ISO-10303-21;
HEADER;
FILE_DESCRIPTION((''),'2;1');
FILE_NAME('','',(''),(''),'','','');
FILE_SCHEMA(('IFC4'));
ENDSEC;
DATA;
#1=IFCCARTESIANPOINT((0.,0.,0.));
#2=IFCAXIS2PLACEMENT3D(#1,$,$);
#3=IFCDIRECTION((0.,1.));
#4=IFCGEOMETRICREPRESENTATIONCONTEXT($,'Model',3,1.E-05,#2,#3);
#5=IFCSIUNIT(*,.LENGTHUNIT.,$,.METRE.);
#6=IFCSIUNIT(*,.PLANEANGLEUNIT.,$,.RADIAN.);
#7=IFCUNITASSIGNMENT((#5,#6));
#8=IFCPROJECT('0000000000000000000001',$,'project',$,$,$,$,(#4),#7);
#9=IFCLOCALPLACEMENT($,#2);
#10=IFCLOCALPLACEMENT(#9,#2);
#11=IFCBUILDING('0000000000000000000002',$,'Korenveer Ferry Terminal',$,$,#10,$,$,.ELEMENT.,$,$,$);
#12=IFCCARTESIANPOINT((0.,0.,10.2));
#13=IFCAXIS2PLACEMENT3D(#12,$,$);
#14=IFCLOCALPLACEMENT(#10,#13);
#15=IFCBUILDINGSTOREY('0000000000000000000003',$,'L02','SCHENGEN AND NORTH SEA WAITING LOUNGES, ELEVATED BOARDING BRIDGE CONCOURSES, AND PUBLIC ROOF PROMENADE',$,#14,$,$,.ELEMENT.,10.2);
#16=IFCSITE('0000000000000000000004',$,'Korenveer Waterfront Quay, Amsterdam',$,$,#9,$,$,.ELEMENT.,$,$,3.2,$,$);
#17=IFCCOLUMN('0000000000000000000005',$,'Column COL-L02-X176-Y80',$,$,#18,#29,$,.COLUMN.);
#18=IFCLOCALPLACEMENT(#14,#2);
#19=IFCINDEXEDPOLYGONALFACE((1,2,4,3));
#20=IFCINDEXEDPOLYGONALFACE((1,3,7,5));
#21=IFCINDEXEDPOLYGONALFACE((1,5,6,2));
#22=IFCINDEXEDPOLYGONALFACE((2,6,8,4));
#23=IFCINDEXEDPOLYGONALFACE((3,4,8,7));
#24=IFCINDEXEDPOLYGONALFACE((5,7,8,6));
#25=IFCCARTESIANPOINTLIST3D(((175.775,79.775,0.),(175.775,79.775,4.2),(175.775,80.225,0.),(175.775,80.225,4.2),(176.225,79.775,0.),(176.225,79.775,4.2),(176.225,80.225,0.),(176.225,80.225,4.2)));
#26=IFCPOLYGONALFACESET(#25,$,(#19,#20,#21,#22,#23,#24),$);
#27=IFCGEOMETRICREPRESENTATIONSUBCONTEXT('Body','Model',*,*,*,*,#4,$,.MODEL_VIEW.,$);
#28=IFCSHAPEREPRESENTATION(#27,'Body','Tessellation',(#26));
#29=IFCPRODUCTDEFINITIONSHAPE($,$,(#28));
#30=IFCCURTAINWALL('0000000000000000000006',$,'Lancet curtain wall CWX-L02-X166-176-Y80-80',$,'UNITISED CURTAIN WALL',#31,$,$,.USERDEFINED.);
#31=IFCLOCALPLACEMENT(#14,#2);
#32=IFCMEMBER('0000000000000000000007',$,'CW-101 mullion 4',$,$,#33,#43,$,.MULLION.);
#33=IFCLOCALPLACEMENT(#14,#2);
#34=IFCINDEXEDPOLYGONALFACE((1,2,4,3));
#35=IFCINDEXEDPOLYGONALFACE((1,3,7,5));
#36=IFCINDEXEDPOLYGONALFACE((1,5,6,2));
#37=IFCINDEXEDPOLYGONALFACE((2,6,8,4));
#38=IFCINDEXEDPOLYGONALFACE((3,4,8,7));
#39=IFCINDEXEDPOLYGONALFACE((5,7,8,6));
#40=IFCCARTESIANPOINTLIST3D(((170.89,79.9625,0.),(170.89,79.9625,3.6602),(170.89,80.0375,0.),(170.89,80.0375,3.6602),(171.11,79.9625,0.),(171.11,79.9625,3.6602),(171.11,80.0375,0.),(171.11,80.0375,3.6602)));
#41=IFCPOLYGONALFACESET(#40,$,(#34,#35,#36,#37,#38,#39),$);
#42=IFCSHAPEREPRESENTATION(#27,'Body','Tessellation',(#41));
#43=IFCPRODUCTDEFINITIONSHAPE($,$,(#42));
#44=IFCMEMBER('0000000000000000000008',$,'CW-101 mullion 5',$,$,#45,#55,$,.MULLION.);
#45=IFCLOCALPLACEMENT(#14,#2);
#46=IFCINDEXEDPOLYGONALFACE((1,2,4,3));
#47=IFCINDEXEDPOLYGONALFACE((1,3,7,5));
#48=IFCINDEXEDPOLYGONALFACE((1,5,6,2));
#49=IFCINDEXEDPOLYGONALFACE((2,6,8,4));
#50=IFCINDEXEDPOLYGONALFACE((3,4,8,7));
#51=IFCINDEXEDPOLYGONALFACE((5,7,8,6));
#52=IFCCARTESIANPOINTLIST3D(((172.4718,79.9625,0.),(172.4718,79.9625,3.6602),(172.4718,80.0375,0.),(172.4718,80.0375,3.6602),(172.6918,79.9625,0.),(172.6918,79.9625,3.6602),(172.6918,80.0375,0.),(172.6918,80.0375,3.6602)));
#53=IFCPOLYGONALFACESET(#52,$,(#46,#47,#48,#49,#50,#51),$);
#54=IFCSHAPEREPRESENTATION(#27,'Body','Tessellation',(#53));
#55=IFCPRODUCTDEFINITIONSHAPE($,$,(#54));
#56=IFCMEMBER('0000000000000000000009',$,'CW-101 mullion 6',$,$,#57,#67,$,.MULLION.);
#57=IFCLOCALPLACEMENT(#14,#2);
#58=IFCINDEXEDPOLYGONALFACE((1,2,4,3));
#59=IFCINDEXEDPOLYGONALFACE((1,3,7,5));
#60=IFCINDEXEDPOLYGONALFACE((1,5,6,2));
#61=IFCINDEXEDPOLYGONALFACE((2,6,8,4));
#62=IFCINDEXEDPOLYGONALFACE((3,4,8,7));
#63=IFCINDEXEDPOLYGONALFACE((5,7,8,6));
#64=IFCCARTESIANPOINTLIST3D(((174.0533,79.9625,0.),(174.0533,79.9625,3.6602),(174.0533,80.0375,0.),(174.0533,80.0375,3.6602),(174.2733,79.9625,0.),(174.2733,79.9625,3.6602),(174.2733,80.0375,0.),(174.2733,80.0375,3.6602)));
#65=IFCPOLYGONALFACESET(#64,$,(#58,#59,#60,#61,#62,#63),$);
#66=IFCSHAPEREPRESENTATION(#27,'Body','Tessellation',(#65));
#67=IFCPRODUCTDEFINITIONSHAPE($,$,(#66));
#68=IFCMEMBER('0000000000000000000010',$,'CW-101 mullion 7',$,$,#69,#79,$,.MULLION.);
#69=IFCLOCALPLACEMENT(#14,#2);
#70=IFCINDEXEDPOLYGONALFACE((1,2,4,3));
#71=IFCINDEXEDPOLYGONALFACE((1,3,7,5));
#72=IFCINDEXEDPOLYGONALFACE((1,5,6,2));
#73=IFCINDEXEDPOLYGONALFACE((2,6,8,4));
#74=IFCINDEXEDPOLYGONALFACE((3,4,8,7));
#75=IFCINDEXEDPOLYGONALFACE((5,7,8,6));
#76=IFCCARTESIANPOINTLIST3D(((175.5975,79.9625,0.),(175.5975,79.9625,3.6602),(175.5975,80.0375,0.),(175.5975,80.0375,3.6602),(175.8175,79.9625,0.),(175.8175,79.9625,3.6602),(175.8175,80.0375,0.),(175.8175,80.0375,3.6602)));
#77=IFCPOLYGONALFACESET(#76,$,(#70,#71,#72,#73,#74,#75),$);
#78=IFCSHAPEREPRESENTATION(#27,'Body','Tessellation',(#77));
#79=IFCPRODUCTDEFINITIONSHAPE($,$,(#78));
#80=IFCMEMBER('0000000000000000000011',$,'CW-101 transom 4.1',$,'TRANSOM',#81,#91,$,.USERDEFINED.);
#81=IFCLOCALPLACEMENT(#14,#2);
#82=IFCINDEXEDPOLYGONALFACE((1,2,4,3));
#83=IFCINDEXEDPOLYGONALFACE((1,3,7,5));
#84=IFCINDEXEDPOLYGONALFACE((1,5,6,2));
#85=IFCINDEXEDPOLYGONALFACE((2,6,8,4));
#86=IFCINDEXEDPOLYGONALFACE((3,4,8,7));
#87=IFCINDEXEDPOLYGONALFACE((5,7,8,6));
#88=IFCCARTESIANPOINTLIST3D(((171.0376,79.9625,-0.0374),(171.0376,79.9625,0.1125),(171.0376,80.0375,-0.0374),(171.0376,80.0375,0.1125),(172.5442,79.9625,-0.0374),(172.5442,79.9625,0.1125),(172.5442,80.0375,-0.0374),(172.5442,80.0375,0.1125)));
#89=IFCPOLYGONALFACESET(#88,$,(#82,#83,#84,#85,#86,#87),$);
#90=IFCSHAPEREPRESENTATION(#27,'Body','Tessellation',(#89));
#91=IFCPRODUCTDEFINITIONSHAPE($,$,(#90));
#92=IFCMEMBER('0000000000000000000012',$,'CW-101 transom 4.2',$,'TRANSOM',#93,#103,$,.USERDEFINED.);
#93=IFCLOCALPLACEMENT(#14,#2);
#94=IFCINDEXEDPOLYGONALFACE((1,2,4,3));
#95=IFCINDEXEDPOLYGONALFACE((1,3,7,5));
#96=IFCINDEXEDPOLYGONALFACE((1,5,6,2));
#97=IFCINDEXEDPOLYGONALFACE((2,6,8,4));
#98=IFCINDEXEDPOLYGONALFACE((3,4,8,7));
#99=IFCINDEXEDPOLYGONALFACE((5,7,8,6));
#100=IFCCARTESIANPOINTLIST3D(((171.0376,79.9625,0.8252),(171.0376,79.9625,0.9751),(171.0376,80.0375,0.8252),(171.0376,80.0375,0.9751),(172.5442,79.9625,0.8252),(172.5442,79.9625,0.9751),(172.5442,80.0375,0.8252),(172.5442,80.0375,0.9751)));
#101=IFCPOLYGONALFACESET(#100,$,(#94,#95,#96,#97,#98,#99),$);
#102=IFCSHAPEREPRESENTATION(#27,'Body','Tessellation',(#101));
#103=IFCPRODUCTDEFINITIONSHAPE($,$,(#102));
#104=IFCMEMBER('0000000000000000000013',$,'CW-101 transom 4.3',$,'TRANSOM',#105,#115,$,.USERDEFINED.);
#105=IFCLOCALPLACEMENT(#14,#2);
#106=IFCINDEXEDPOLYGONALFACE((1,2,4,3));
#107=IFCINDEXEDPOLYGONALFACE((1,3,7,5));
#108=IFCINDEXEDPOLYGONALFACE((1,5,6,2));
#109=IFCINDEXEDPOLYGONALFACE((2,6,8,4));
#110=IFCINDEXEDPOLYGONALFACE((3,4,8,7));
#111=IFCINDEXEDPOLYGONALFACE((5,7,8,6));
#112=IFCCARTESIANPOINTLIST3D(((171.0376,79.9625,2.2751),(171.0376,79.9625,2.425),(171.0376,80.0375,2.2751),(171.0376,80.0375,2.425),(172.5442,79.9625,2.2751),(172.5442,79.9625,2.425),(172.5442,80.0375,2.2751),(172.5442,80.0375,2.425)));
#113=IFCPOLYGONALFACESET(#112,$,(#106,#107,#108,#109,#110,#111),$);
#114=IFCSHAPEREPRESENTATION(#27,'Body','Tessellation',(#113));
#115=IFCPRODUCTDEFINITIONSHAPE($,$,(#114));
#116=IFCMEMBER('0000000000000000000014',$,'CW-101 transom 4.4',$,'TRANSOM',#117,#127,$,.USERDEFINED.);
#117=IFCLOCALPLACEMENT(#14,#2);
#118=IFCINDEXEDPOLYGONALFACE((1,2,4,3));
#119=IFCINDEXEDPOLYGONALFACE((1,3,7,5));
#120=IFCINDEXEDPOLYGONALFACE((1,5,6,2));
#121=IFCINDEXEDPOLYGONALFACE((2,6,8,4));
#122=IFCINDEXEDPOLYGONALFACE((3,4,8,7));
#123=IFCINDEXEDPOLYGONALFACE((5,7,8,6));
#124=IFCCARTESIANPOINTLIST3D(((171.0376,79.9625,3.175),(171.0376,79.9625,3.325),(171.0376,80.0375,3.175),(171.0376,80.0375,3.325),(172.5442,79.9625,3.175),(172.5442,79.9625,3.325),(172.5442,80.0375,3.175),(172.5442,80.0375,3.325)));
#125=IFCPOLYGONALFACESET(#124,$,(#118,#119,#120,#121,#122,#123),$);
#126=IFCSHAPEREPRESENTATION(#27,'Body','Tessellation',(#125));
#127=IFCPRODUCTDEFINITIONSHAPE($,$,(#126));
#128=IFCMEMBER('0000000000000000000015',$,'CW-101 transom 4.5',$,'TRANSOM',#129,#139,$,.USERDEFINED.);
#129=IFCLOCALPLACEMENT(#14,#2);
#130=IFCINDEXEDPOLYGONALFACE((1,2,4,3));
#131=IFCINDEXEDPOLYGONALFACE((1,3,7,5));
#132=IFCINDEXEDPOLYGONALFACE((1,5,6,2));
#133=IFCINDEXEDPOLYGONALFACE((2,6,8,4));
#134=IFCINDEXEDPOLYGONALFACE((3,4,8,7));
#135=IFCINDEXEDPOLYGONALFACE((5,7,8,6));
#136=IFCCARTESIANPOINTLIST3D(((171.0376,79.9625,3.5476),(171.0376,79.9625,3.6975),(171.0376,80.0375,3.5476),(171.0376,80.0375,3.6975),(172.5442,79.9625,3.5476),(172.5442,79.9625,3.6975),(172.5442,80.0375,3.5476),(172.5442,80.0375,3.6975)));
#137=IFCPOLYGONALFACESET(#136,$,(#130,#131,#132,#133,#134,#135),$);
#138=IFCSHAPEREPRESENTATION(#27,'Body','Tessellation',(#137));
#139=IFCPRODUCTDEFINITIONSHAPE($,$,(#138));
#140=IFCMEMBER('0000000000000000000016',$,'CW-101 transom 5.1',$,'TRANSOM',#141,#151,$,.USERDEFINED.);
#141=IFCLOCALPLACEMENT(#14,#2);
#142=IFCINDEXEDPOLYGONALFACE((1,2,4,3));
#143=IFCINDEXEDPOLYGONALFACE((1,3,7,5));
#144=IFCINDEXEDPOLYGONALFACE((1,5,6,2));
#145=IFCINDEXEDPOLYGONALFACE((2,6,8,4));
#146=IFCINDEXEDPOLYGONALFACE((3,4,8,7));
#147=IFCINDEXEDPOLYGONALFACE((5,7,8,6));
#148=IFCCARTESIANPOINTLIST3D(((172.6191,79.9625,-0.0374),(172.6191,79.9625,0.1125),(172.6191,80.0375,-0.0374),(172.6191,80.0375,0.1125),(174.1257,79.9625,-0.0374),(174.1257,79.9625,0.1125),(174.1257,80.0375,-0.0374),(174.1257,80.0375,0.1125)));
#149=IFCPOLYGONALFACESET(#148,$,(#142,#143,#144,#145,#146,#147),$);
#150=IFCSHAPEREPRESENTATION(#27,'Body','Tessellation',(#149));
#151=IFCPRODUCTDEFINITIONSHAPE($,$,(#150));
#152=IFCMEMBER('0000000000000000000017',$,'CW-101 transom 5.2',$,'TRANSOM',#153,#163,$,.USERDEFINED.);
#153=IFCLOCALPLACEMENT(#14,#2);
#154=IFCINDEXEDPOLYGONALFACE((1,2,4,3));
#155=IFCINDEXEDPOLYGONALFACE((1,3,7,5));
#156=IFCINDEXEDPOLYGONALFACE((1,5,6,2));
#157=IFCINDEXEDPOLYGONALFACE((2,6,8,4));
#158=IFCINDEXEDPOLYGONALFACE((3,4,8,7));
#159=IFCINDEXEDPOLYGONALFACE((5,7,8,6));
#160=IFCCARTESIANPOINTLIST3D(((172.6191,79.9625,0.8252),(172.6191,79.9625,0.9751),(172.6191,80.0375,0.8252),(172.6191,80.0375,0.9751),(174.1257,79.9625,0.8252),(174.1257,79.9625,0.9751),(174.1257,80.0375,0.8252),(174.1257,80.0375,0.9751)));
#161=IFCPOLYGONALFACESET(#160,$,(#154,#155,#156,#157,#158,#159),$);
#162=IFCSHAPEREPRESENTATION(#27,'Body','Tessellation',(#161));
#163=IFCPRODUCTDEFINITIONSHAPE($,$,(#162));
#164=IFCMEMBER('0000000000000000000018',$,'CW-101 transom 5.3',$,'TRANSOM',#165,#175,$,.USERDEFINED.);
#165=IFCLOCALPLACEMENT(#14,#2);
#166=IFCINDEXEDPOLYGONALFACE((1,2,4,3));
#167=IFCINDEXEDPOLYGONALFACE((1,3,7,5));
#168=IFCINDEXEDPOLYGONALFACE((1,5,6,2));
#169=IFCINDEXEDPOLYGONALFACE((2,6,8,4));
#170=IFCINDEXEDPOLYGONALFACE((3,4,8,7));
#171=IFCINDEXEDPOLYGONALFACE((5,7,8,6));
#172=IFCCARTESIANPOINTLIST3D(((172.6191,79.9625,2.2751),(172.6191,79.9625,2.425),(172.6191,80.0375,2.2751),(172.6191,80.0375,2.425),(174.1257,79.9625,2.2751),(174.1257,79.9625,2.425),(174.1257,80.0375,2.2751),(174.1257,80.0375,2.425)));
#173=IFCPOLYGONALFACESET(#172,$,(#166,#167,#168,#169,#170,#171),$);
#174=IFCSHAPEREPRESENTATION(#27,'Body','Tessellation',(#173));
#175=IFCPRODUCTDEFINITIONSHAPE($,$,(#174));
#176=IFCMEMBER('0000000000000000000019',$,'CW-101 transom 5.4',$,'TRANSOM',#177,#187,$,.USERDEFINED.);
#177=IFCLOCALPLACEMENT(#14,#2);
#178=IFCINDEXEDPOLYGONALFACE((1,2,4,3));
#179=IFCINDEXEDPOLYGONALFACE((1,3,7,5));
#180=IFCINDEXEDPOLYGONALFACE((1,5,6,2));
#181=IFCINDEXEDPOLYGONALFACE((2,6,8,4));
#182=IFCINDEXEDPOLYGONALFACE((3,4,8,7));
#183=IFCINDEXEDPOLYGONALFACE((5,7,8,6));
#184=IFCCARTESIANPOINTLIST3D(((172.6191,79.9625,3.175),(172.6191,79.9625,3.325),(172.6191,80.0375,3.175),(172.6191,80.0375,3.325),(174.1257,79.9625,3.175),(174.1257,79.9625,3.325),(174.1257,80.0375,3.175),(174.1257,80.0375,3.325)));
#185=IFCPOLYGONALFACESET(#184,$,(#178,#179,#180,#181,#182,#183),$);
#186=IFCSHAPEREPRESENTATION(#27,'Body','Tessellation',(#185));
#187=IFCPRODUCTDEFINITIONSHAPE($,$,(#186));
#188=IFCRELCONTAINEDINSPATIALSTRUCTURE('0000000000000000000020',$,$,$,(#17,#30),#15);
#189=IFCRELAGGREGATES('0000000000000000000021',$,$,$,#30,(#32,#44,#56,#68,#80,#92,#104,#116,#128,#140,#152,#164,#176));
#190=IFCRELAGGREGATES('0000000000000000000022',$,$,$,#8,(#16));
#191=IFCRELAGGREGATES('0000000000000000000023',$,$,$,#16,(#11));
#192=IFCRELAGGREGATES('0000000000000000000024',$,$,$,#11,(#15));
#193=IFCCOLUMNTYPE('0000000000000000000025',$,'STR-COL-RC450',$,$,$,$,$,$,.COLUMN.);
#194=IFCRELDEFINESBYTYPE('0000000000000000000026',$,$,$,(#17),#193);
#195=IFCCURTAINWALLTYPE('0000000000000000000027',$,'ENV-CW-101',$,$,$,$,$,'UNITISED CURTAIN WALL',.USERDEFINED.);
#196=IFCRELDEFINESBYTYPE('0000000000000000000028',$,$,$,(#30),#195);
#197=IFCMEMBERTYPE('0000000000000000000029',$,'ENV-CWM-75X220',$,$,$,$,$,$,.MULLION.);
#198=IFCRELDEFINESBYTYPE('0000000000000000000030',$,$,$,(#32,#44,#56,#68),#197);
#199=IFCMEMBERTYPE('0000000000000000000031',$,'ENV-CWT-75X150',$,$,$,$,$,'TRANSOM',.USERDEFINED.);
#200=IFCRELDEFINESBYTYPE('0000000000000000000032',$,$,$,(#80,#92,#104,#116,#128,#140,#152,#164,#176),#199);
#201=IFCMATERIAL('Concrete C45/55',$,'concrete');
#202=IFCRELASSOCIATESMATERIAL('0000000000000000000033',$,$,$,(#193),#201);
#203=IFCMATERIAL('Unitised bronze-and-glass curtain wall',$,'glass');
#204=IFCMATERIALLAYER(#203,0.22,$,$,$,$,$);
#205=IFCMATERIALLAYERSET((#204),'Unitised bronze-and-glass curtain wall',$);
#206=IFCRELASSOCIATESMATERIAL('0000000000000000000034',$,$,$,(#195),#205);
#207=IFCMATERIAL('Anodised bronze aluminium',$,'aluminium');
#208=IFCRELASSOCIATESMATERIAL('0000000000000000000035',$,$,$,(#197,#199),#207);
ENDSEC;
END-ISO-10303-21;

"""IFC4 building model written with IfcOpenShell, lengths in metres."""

from ifc_helpers import new_model, si_unit, direction, frame, origin, origin_2d, place, context, subcontext, project, spatial, rectangle, extrude, material, layer, layer_set, material_profile, profile_set, type_object, element, aggregate, save


model = new_model("IFC4")

# Units and contexts
model_context = context("Model", 3, precision=1e-05, world=origin(), true_north=direction((0.0, 1.0)))
body_context = subcontext(model_context, "Body", "Model", "MODEL_VIEW")
ifc_project = project(units=[si_unit("LENGTHUNIT", "METRE"), si_unit("PLANEANGLEUNIT", "RADIAN")], contexts=[model_context])

# Site, building, storey
site_placement = place(None, origin())
site = spatial("IfcSite", under=ifc_project, at=site_placement, Name="Korenveer Waterfront Quay, Amsterdam", CompositionType="ELEMENT", RefElevation=3.2)
building_placement = place(site_placement, origin())
building = spatial("IfcBuilding", under=site, at=building_placement, Name="Korenveer Ferry Terminal", CompositionType="ELEMENT")
storey_placement = place(building_placement, frame((0.0, 0.0, 10.2)))
storey = spatial("IfcBuildingStorey", under=building, at=storey_placement, Name="L02", Description="SCHENGEN AND NORTH SEA WAITING LOUNGES, ELEVATED BOARDING BRIDGE CONCOURSES, AND PUBLIC ROOF PROMENADE", CompositionType="ELEMENT", Elevation=10.2)

# Column
ifc_material_1 = material(Name="Concrete C45/55", Category="concrete")
ifc_material_profile_1 = material_profile(ifc_material_1, rectangle(XDim=0.45, YDim=0.45, at=origin_2d()), Name="RC 450x450")
ifc_profile_set_1 = profile_set([ifc_material_profile_1], Name="Concrete C45/55")
column_type = type_object("IfcColumnType", Name="STR-COL-RC450", PredefinedType="COLUMN", material=ifc_profile_set_1)
column_placement = place(storey_placement, frame((176.0, 80.0, 0.0), z_axis=(0.0, 0.0, 1.0), x_axis=(1.0, 0.0, 0.0)))
element("IfcColumn", 1, at=column_placement, inside=storey, type_object=column_type, Name="Column COL-L02-X176-Y80", PredefinedType="COLUMN", context=body_context, shape_type="SweptSolid", body=[
    extrude(rectangle(XDim=0.45, YDim=0.45, at=origin_2d()), origin(), (0.0, 0.0, 1.0), 4.2),
])

# Curtain wall, members
ifc_material_2 = material(Name="Unitised bronze-and-glass curtain wall", Category="glass")
ifc_layer_1 = layer(ifc_material_2, 0.22)
ifc_layer_set_1 = layer_set([ifc_layer_1], Name="Unitised bronze-and-glass curtain wall")
curtain_wall_type = type_object("IfcCurtainWallType", Name="ENV-CW-101", ElementType="UNITISED CURTAIN WALL", PredefinedType="USERDEFINED", material=ifc_layer_set_1)
curtain_wall_placement = place(storey_placement, frame((166.2549, 80.0, 0.0)))
curtain_wall = element("IfcCurtainWall", 2, at=curtain_wall_placement, inside=storey, type_object=curtain_wall_type, Name="Lancet curtain wall CWX-L02-X166-176-Y80-80", ObjectType="UNITISED CURTAIN WALL", PredefinedType="USERDEFINED")
ifc_material_3 = material(Name="Anodised bronze aluminium", Category="aluminium")
ifc_material_profile_2 = material_profile(ifc_material_3, rectangle(XDim=0.075, YDim=0.22, at=origin_2d()), Name="ALU 75x220")
ifc_profile_set_2 = profile_set([ifc_material_profile_2], Name="Anodised bronze aluminium")
member_type_1 = type_object("IfcMemberType", Name="ENV-CWM-75X220", PredefinedType="MULLION", material=ifc_profile_set_2)
member_1_placement = place(storey_placement, frame((171.0, 80.0, 0.0), z_axis=(0.0, 0.0, 1.0), x_axis=(0.0, 1.0, 0.0)))
member_1 = element("IfcMember", 3, at=member_1_placement, type_object=member_type_1, Name="CW-101 mullion 4", PredefinedType="MULLION", context=body_context, shape_type="SweptSolid", body=[
    extrude(rectangle(XDim=0.075, YDim=0.22, at=origin_2d()), origin(), (0.0, 0.0, 1.0), 3.6602),
])
member_2_placement = place(storey_placement, frame((172.5818, 80.0, 0.0), z_axis=(0.0, 0.0, 1.0), x_axis=(0.0, 1.0, 0.0)))
member_2 = element("IfcMember", 4, at=member_2_placement, type_object=member_type_1, Name="CW-101 mullion 5", PredefinedType="MULLION", context=body_context, shape_type="SweptSolid", body=[
    extrude(rectangle(XDim=0.075, YDim=0.22, at=origin_2d()), origin(), (0.0, 0.0, 1.0), 3.6602),
])
member_3_placement = place(storey_placement, frame((174.1633, 80.0, 0.0), z_axis=(0.0, 0.0, 1.0), x_axis=(0.0, 1.0, 0.0)))
member_3 = element("IfcMember", 5, at=member_3_placement, type_object=member_type_1, Name="CW-101 mullion 6", PredefinedType="MULLION", context=body_context, shape_type="SweptSolid", body=[
    extrude(rectangle(XDim=0.075, YDim=0.22, at=origin_2d()), origin(), (0.0, 0.0, 1.0), 3.6602),
])
member_4_placement = place(storey_placement, frame((175.7075, 80.0, 0.0), z_axis=(0.0, 0.0, 1.0), x_axis=(0.0, 1.0, 0.0)))
member_4 = element("IfcMember", 6, at=member_4_placement, type_object=member_type_1, Name="CW-101 mullion 7", PredefinedType="MULLION", context=body_context, shape_type="SweptSolid", body=[
    extrude(rectangle(XDim=0.075, YDim=0.22, at=origin_2d()), origin(), (0.0, 0.0, 1.0), 3.6602),
])
ifc_material_profile_3 = material_profile(ifc_material_3, rectangle(XDim=0.075, YDim=0.1499, at=origin_2d()), Name="ALU 75x150")
ifc_profile_set_3 = profile_set([ifc_material_profile_3], Name="Anodised bronze aluminium")
member_type_2 = type_object("IfcMemberType", Name="ENV-CWT-75X150", ElementType="TRANSOM", PredefinedType="USERDEFINED", material=ifc_profile_set_3)
member_5_placement = place(storey_placement, frame((171.0376, 80.0, 0.0376), z_axis=(1.0, 0.0, 0.0), x_axis=(0.0, 1.0, 0.0)))
member_5 = element("IfcMember", 7, at=member_5_placement, type_object=member_type_2, Name="CW-101 transom 4.1", ObjectType="TRANSOM", PredefinedType="USERDEFINED", context=body_context, shape_type="SweptSolid", body=[
    extrude(rectangle(XDim=0.075, YDim=0.1499, at=origin_2d()), origin(), (0.0, 0.0, 1.0), 1.5066),
])
member_6_placement = place(storey_placement, frame((171.0376, 80.0, 0.9001), z_axis=(1.0, 0.0, 0.0), x_axis=(0.0, 1.0, 0.0)))
member_6 = element("IfcMember", 8, at=member_6_placement, type_object=member_type_2, Name="CW-101 transom 4.2", ObjectType="TRANSOM", PredefinedType="USERDEFINED", context=body_context, shape_type="SweptSolid", body=[
    extrude(rectangle(XDim=0.075, YDim=0.1499, at=origin_2d()), origin(), (0.0, 0.0, 1.0), 1.5066),
])
member_7_placement = place(storey_placement, frame((171.0376, 80.0, 2.3501), z_axis=(1.0, 0.0, 0.0), x_axis=(0.0, 1.0, 0.0)))
member_7 = element("IfcMember", 9, at=member_7_placement, type_object=member_type_2, Name="CW-101 transom 4.3", ObjectType="TRANSOM", PredefinedType="USERDEFINED", context=body_context, shape_type="SweptSolid", body=[
    extrude(rectangle(XDim=0.075, YDim=0.1499, at=origin_2d()), origin(), (0.0, 0.0, 1.0), 1.5066),
])
member_8_placement = place(storey_placement, frame((171.0376, 80.0, 3.25), z_axis=(1.0, 0.0, 0.0), x_axis=(0.0, 1.0, 0.0)))
member_8 = element("IfcMember", 10, at=member_8_placement, type_object=member_type_2, Name="CW-101 transom 4.4", ObjectType="TRANSOM", PredefinedType="USERDEFINED", context=body_context, shape_type="SweptSolid", body=[
    extrude(rectangle(XDim=0.075, YDim=0.1499, at=origin_2d()), origin(), (0.0, 0.0, 1.0), 1.5066),
])
member_9_placement = place(storey_placement, frame((171.0376, 80.0, 3.6226), z_axis=(1.0, 0.0, 0.0), x_axis=(0.0, 1.0, 0.0)))
member_9 = element("IfcMember", 11, at=member_9_placement, type_object=member_type_2, Name="CW-101 transom 4.5", ObjectType="TRANSOM", PredefinedType="USERDEFINED", context=body_context, shape_type="SweptSolid", body=[
    extrude(rectangle(XDim=0.075, YDim=0.1499, at=origin_2d()), origin(), (0.0, 0.0, 1.0), 1.5066),
])
member_10_placement = place(storey_placement, frame((172.6191, 80.0, 0.0376), z_axis=(1.0, 0.0, 0.0), x_axis=(0.0, 1.0, 0.0)))
member_10 = element("IfcMember", 12, at=member_10_placement, type_object=member_type_2, Name="CW-101 transom 5.1", ObjectType="TRANSOM", PredefinedType="USERDEFINED", context=body_context, shape_type="SweptSolid", body=[
    extrude(rectangle(XDim=0.075, YDim=0.1499, at=origin_2d()), origin(), (0.0, 0.0, 1.0), 1.5066),
])
member_11_placement = place(storey_placement, frame((172.6191, 80.0, 0.9001), z_axis=(1.0, 0.0, 0.0), x_axis=(0.0, 1.0, 0.0)))
member_11 = element("IfcMember", 13, at=member_11_placement, type_object=member_type_2, Name="CW-101 transom 5.2", ObjectType="TRANSOM", PredefinedType="USERDEFINED", context=body_context, shape_type="SweptSolid", body=[
    extrude(rectangle(XDim=0.075, YDim=0.1499, at=origin_2d()), origin(), (0.0, 0.0, 1.0), 1.5066),
])
member_12_placement = place(storey_placement, frame((172.6191, 80.0, 2.3501), z_axis=(1.0, 0.0, 0.0), x_axis=(0.0, 1.0, 0.0)))
member_12 = element("IfcMember", 14, at=member_12_placement, type_object=member_type_2, Name="CW-101 transom 5.3", ObjectType="TRANSOM", PredefinedType="USERDEFINED", context=body_context, shape_type="SweptSolid", body=[
    extrude(rectangle(XDim=0.075, YDim=0.1499, at=origin_2d()), origin(), (0.0, 0.0, 1.0), 1.5066),
])
member_13_placement = place(storey_placement, frame((172.6191, 80.0, 3.25), z_axis=(1.0, 0.0, 0.0), x_axis=(0.0, 1.0, 0.0)))
member_13 = element("IfcMember", 15, at=member_13_placement, type_object=member_type_2, Name="CW-101 transom 5.4", ObjectType="TRANSOM", PredefinedType="USERDEFINED", context=body_context, shape_type="SweptSolid", body=[
    extrude(rectangle(XDim=0.075, YDim=0.1499, at=origin_2d()), origin(), (0.0, 0.0, 1.0), 1.5066),
])
aggregate(curtain_wall, [member_1, member_2, member_3, member_4, member_5, member_6, member_7, member_8, member_9, member_10, member_11, member_12, member_13])

save(model, "model.ifc")
